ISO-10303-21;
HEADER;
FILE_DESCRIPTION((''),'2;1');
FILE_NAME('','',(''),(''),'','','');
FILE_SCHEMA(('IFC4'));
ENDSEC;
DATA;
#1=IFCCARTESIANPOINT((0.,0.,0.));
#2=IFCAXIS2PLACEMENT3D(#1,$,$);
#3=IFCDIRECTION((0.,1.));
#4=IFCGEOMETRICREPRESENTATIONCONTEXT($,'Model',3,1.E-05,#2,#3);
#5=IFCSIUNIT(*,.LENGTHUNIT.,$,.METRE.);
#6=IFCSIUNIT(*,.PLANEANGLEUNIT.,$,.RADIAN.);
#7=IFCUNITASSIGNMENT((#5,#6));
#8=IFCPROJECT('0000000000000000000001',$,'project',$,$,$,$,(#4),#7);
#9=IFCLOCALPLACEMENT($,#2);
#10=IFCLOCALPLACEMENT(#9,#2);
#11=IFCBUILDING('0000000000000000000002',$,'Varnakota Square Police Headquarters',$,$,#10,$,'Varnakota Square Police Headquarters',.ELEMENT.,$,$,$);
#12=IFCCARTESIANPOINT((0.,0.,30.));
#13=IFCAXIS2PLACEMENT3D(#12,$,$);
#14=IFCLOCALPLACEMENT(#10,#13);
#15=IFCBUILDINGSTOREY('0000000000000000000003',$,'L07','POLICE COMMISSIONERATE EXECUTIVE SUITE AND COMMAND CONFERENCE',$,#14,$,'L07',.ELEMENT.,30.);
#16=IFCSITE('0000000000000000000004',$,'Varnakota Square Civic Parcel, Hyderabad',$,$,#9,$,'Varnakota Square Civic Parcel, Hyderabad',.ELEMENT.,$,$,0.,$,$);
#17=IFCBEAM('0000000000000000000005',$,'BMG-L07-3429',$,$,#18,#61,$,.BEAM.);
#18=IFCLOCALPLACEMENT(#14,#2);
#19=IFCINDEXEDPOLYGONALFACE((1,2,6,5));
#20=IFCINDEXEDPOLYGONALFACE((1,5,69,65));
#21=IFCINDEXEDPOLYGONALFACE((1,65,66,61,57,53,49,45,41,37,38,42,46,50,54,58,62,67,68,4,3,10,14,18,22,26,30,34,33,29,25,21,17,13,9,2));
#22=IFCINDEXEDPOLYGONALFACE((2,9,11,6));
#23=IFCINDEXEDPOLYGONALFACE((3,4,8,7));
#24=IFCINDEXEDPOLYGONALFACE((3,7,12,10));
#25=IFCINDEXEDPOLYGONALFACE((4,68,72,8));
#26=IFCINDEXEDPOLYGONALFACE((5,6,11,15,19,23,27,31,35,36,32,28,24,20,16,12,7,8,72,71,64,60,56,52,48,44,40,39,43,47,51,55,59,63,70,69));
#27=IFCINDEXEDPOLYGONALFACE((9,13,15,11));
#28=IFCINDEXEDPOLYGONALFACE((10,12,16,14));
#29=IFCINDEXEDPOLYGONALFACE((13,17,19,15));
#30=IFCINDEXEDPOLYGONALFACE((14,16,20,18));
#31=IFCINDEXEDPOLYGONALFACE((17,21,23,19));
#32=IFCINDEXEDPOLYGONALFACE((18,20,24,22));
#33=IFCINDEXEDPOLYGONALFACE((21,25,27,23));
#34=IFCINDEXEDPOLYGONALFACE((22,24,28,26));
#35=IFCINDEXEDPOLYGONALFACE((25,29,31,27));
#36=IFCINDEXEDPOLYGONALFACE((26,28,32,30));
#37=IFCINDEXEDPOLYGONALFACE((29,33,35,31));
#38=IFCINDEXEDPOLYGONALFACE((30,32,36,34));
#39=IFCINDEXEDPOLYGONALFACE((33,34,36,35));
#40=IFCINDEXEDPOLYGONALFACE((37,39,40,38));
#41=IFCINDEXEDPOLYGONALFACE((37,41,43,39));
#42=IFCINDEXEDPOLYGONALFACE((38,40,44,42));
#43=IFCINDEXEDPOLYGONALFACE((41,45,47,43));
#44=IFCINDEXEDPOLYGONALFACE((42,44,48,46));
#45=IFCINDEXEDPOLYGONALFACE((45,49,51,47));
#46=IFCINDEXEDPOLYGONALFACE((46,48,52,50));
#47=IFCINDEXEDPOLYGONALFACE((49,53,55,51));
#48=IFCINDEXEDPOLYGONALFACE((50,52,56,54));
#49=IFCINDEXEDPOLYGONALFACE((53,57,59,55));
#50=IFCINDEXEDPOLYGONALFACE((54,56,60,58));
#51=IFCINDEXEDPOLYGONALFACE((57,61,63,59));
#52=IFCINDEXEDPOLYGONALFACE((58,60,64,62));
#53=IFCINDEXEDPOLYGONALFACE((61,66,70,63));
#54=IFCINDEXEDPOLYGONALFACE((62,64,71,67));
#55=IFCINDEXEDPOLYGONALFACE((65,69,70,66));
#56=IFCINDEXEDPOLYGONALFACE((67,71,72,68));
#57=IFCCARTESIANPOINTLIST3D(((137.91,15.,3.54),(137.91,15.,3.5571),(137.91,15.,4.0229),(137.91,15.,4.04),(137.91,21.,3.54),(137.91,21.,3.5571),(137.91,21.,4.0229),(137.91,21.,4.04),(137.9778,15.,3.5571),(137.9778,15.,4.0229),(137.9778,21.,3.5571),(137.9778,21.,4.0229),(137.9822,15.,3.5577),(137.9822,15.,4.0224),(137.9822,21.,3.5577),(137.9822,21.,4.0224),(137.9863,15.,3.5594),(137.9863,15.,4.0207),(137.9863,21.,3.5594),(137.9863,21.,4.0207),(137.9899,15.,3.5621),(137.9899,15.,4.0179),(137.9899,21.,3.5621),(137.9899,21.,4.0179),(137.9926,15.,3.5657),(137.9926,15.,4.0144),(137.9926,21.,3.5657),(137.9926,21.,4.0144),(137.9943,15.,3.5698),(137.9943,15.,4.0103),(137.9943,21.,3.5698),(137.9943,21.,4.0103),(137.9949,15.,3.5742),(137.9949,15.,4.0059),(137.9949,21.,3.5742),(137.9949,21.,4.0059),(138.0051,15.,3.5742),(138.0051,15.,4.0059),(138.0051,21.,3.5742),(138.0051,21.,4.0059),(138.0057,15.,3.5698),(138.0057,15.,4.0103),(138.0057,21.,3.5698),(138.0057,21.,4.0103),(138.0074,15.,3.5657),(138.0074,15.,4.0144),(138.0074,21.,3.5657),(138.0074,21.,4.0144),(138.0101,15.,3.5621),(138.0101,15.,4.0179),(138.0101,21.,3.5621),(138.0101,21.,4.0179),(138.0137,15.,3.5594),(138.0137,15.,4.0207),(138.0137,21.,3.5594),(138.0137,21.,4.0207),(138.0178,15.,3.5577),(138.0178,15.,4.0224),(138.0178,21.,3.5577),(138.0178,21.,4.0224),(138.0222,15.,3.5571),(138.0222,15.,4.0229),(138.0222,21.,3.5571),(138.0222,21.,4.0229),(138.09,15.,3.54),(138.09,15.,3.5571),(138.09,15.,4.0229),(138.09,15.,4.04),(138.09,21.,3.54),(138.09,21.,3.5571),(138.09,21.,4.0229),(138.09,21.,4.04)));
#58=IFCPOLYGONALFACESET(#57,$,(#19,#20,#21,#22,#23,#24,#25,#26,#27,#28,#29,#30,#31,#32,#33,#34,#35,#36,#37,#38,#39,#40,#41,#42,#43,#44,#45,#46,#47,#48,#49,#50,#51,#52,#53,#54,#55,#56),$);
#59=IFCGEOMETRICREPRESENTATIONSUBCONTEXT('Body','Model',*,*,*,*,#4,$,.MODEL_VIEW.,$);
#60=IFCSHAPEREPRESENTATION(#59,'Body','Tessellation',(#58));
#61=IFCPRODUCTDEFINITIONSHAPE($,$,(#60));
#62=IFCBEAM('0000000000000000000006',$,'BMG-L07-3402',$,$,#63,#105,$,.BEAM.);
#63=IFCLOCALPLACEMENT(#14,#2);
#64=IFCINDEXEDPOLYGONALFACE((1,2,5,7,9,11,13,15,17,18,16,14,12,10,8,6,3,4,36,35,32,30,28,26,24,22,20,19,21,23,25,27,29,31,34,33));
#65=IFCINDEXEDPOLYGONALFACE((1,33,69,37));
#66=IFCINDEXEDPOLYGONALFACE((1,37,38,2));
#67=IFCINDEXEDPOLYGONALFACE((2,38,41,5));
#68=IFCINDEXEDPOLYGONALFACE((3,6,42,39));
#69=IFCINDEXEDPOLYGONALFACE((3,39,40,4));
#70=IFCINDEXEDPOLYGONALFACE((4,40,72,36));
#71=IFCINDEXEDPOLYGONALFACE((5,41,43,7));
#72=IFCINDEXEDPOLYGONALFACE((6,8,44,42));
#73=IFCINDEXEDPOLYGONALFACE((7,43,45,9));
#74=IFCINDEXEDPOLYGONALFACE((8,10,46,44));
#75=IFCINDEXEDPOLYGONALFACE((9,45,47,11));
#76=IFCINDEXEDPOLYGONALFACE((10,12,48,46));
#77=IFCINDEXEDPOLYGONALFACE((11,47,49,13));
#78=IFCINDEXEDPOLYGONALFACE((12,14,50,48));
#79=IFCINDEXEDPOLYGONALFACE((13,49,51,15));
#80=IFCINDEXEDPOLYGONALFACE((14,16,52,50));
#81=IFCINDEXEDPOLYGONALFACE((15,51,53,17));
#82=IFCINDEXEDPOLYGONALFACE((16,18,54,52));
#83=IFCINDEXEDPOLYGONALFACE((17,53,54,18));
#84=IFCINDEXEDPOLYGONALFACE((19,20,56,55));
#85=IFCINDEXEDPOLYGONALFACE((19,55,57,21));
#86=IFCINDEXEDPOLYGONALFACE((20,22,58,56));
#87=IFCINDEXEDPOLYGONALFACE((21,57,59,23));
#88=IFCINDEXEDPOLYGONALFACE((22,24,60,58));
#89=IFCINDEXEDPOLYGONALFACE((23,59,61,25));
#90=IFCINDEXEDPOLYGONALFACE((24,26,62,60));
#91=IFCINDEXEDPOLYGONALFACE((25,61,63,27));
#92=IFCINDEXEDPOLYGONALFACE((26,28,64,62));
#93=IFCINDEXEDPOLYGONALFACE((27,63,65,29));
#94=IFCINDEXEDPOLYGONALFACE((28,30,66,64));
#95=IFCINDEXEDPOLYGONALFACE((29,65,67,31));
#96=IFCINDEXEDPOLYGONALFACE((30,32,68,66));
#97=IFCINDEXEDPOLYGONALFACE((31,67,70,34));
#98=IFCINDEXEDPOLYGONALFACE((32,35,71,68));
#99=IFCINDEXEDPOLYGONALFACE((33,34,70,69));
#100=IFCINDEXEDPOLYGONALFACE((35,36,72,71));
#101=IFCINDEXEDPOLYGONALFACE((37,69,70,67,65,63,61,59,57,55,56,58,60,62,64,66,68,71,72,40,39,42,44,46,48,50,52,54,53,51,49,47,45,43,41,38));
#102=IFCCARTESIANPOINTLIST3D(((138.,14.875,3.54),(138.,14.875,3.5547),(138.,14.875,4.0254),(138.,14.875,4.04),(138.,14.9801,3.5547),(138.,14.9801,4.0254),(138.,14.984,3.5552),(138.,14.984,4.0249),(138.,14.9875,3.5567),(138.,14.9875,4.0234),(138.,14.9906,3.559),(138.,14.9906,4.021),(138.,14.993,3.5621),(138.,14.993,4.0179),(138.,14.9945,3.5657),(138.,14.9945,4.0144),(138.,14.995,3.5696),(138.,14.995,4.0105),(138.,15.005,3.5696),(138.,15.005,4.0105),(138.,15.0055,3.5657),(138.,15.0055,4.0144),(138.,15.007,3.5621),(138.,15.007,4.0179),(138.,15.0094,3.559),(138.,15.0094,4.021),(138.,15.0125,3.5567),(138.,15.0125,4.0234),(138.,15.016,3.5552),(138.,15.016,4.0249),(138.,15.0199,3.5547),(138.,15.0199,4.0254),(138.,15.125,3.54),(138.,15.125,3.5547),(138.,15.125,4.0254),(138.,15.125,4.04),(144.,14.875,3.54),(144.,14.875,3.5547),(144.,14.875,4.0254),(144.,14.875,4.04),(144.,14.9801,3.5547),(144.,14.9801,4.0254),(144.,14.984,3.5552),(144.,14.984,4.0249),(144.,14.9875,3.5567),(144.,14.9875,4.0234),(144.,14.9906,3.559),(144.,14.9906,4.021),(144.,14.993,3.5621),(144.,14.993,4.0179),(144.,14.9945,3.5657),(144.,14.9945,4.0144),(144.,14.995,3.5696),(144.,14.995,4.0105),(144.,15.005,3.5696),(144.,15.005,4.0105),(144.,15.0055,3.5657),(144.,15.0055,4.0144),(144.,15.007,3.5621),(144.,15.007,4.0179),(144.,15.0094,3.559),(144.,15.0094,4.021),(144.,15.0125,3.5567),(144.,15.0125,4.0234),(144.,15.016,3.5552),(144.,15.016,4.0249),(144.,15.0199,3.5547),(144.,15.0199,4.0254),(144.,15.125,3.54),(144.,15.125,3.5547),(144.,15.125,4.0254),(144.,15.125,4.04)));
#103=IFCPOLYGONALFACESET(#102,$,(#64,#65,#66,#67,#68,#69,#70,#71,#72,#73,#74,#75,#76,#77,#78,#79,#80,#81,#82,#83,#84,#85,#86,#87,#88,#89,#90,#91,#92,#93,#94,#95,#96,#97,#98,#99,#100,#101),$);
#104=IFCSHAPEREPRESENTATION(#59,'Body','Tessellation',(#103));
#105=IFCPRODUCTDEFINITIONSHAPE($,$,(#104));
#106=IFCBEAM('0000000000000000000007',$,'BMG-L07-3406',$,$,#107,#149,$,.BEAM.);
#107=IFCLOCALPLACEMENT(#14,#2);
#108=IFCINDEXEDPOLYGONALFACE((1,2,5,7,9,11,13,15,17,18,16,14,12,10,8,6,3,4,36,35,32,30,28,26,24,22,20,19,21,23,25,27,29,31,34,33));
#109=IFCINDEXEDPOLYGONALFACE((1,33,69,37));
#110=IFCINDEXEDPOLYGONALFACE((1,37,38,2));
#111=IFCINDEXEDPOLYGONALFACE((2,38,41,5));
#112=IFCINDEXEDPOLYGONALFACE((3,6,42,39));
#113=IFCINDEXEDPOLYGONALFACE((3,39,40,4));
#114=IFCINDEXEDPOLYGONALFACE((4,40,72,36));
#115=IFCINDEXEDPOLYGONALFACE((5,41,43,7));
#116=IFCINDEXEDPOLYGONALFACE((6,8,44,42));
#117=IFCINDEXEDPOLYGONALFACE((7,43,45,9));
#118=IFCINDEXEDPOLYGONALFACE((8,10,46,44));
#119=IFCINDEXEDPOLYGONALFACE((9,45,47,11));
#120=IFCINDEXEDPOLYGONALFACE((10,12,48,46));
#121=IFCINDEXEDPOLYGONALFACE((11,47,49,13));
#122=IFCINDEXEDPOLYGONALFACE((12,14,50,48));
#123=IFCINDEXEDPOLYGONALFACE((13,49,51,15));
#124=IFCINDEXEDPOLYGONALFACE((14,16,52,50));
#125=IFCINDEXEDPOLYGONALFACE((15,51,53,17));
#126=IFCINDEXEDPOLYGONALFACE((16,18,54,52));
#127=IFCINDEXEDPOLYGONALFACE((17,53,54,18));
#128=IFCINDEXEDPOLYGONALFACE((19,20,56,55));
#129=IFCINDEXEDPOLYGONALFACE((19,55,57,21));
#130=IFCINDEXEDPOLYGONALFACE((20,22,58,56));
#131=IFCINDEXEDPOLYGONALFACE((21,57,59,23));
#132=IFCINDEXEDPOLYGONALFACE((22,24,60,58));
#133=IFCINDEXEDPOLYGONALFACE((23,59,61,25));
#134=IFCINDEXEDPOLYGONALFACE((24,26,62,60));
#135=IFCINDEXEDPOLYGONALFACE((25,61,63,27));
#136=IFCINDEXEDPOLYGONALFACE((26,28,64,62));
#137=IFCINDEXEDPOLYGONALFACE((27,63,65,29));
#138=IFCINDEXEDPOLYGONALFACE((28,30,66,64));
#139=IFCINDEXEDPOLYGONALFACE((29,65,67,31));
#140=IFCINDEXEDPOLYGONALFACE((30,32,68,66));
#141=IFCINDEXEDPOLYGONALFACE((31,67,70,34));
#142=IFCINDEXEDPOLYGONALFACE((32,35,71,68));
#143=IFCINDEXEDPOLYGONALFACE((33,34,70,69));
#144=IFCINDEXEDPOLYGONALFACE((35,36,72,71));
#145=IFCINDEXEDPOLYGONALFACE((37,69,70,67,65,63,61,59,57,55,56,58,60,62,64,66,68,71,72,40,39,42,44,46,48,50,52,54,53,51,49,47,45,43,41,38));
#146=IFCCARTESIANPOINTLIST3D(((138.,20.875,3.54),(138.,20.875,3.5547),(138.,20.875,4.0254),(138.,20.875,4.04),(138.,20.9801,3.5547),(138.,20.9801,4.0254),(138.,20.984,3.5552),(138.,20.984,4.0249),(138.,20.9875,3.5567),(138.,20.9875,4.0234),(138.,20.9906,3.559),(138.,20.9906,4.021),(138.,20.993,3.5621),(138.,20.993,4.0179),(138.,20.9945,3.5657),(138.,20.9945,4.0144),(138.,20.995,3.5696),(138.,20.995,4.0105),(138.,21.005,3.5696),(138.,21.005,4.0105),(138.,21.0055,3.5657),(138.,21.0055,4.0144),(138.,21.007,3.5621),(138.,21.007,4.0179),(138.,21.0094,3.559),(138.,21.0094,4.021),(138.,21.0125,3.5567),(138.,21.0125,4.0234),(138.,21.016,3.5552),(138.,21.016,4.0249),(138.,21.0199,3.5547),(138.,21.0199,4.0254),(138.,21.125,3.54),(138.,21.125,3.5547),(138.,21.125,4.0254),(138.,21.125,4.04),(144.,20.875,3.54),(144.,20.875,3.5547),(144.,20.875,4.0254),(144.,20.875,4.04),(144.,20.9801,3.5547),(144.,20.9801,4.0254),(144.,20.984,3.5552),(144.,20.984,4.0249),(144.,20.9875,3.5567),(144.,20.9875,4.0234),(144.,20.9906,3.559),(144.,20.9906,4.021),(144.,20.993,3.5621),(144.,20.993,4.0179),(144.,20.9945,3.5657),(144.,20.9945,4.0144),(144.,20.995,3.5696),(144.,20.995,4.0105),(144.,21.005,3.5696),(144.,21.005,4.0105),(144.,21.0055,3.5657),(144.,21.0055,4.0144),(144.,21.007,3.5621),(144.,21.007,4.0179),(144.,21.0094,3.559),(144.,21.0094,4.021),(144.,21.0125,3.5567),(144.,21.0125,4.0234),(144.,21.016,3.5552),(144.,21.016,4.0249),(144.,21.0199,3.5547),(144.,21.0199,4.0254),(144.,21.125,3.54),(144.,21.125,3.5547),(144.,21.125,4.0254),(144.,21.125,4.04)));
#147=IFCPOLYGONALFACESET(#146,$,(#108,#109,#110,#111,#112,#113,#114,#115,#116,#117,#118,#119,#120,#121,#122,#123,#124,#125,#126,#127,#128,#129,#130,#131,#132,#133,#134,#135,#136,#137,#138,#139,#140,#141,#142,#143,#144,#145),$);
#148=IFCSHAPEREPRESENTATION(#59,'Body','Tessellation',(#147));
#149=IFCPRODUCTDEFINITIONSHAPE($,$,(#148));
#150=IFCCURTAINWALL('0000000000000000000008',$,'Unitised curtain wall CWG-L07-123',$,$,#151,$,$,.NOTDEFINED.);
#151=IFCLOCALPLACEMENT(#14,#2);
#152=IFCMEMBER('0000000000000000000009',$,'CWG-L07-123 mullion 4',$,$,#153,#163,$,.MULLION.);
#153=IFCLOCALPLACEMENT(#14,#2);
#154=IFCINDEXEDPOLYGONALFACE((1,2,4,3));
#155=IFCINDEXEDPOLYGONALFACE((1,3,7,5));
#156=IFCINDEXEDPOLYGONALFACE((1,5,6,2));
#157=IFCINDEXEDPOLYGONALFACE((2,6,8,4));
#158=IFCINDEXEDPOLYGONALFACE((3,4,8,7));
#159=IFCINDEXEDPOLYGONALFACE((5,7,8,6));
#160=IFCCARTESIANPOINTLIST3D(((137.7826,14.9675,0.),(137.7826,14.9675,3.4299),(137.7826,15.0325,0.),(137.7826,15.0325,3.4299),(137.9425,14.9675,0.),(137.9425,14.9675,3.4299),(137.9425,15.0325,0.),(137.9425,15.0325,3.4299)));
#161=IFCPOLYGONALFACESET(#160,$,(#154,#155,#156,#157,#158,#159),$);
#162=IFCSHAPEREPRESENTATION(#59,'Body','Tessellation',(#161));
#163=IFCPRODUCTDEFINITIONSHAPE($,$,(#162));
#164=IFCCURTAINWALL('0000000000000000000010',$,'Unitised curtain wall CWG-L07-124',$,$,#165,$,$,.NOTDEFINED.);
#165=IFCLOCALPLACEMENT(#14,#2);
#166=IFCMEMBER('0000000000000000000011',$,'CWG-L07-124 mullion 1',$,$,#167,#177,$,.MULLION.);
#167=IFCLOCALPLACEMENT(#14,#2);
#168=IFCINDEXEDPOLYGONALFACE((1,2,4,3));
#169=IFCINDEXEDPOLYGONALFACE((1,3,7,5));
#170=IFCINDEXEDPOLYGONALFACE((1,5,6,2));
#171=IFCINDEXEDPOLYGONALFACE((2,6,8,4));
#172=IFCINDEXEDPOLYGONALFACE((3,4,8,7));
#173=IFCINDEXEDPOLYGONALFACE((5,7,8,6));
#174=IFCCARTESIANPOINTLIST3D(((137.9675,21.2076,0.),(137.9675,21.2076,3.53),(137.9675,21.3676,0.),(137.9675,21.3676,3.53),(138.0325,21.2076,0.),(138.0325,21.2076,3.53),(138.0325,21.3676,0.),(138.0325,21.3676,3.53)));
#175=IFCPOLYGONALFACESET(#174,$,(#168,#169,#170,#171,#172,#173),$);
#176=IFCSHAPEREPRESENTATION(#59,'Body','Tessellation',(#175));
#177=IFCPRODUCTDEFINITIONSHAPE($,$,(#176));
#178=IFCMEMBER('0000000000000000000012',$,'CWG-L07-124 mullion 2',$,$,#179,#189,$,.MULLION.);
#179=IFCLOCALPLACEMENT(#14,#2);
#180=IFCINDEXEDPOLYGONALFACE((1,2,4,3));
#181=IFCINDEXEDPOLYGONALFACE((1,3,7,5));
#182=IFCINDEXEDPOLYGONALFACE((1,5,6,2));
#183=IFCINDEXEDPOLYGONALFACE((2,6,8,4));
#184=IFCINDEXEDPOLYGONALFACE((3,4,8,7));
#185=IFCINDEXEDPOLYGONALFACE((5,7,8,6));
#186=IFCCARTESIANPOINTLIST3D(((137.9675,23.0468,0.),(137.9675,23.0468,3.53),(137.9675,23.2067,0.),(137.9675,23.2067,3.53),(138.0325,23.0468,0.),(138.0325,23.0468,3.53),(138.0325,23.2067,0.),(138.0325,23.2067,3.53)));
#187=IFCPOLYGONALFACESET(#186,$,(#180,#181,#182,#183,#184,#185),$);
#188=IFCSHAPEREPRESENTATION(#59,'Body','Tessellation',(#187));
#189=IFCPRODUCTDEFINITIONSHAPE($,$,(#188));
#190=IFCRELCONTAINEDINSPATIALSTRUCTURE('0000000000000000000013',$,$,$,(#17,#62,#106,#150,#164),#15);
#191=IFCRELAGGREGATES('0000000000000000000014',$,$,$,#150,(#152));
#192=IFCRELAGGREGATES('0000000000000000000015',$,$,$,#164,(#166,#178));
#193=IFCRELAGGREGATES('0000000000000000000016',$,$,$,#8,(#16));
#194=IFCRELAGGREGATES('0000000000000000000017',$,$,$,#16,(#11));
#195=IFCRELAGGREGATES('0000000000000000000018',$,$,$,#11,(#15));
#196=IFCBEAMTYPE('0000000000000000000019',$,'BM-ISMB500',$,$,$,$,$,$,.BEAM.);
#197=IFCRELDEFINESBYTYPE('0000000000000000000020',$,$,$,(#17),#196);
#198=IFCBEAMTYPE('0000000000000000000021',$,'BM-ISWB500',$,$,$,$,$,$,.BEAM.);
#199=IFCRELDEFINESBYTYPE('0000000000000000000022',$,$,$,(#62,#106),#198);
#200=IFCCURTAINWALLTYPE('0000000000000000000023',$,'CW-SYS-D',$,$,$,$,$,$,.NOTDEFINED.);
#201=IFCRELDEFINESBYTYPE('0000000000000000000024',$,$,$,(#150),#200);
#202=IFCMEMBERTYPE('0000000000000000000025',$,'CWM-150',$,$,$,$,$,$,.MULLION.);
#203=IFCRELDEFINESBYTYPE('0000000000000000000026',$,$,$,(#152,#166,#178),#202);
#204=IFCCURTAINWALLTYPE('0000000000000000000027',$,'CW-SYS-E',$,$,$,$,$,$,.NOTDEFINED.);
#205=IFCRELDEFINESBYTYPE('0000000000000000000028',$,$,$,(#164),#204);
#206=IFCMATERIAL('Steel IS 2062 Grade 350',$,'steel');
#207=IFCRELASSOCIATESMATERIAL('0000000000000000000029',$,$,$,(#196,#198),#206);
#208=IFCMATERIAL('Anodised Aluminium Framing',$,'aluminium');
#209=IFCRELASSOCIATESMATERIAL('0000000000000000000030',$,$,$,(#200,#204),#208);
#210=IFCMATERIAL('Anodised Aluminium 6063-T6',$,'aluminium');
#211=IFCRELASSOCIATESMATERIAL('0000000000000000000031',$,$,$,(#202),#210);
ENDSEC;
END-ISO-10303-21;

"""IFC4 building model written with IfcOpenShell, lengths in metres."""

from ifc_helpers import new_model, si_unit, direction, frame, origin, origin_2d, place, context, subcontext, project, spatial, rectangle, i_section, extrude, material, material_profile, profile_set, type_object, element, aggregate, save


model = new_model("IFC4")

# Units and contexts
model_context = context("Model", 3, precision=1e-05, world=origin(), true_north=direction((0.0, 1.0)))
body_context = subcontext(model_context, "Body", "Model", "MODEL_VIEW")
ifc_project = project(units=[si_unit("LENGTHUNIT", "METRE"), si_unit("PLANEANGLEUNIT", "RADIAN")], contexts=[model_context])

# Site, building, storey
site_placement = place(None, origin())
site = spatial("IfcSite", under=ifc_project, at=site_placement, Name="Varnakota Square Civic Parcel, Hyderabad", LongName="Varnakota Square Civic Parcel, Hyderabad", CompositionType="ELEMENT", RefElevation=0.0)
building_placement = place(site_placement, origin())
building = spatial("IfcBuilding", under=site, at=building_placement, Name="Varnakota Square Police Headquarters", LongName="Varnakota Square Police Headquarters", CompositionType="ELEMENT")
storey_placement = place(building_placement, frame((0.0, 0.0, 30.0)))
storey = spatial("IfcBuildingStorey", under=building, at=storey_placement, Name="L07", Description="POLICE COMMISSIONERATE EXECUTIVE SUITE AND COMMAND CONFERENCE", LongName="L07", CompositionType="ELEMENT", Elevation=30.0)

# Shared definitions
ifc_material_1 = material(Name="Steel IS 2062 Grade 350", Category="steel")

# Beams
ifc_material_profile_1 = material_profile(ifc_material_1, i_section(OverallWidth=0.1799, OverallDepth=0.5, WebThickness=0.0103, FlangeThickness=0.0171, FilletRadius=0.0171, at=origin_2d()), Name="ISMB 500")
ifc_profile_set_1 = profile_set([ifc_material_profile_1], Name="Steel IS 2062 Grade 350")
beam_type_1 = type_object("IfcBeamType", Name="BM-ISMB500", PredefinedType="BEAM", material=ifc_profile_set_1)
beam_1_placement = place(storey_placement, frame((138.0, 15.0, 3.79), z_axis=(0.0, 1.0, 0.0), x_axis=(-1.0, 0.0, 0.0)))
element("IfcBeam", 1, at=beam_1_placement, inside=storey, type_object=beam_type_1, Name="BMG-L07-3429", PredefinedType="BEAM", context=body_context, shape_type="SweptSolid", body=[
    extrude(i_section(OverallWidth=0.1799, OverallDepth=0.5, WebThickness=0.0103, FlangeThickness=0.0171, FilletRadius=0.0171, at=origin_2d()), origin(), (0.0, 0.0, 1.0), 6.0),
])
ifc_material_profile_2 = material_profile(ifc_material_1, i_section(OverallWidth=0.25, OverallDepth=0.5, WebThickness=0.01, FlangeThickness=0.0146, FilletRadius=0.0149, at=origin_2d()), Name="ISWB 500")
ifc_profile_set_2 = profile_set([ifc_material_profile_2], Name="Steel IS 2062 Grade 350")
beam_type_2 = type_object("IfcBeamType", Name="BM-ISWB500", PredefinedType="BEAM", material=ifc_profile_set_2)
for number, where, z_axis, x_axis, name in (
    (2, (138.0, 15.0, 3.79), (1.0, 0.0, 0.0), (0.0, 1.0, 0.0), "BMG-L07-3402"),
    (3, (138.0, 21.0, 3.79), (1.0, 0.0, 0.0), (0.0, 1.0, 0.0), "BMG-L07-3406"),
):
    element("IfcBeam", number, at=place(storey_placement, frame(where, z_axis=z_axis, x_axis=x_axis)), inside=storey, type_object=beam_type_2, Name=name, PredefinedType="BEAM", context=body_context, shape_type="SweptSolid", body=[
        extrude(i_section(OverallWidth=0.25, OverallDepth=0.5, WebThickness=0.01, FlangeThickness=0.0146, FilletRadius=0.0149, at=origin_2d()), origin(), (0.0, 0.0, 1.0), 6.0),
    ])

# Curtain wall, member
ifc_material_2 = material(Name="Anodised Aluminium Framing", Category="aluminium")
curtain_wall_type_1 = type_object("IfcCurtainWallType", Name="CW-SYS-D", PredefinedType="NOTDEFINED", material=ifc_material_2)
curtain_wall_1_placement = place(storey_placement, origin())
curtain_wall_1 = element("IfcCurtainWall", 4, at=curtain_wall_1_placement, inside=storey, type_object=curtain_wall_type_1, Name="Unitised curtain wall CWG-L07-123", PredefinedType="NOTDEFINED")
ifc_material_3 = material(Name="Anodised Aluminium 6063-T6", Category="aluminium")
ifc_material_profile_3 = material_profile(ifc_material_3, rectangle(XDim=0.0649, YDim=0.1599, at=origin_2d()), Name="ALU MULLION 65x160")
ifc_profile_set_3 = profile_set([ifc_material_profile_3], Name="Anodised Aluminium 6063-T6")
member_type_1 = type_object("IfcMemberType", Name="CWM-150", PredefinedType="MULLION", material=ifc_profile_set_3)
member_1_placement = place(storey_placement, frame((137.8625, 15.0, 0.0), z_axis=(0.0, 0.0, 1.0), x_axis=(0.0, 1.0, 0.0)))
member_1 = element("IfcMember", 5, at=member_1_placement, type_object=member_type_1, Name="CWG-L07-123 mullion 4", PredefinedType="MULLION", context=body_context, shape_type="SweptSolid", body=[
    extrude(rectangle(XDim=0.0649, YDim=0.1599, at=origin_2d()), origin(), (0.0, 0.0, 1.0), 3.4299),
])

# Curtain wall, members
curtain_wall_type_2 = type_object("IfcCurtainWallType", Name="CW-SYS-E", PredefinedType="NOTDEFINED", material=ifc_material_2)
curtain_wall_2_placement = place(storey_placement, origin())
curtain_wall_2 = element("IfcCurtainWall", 6, at=curtain_wall_2_placement, inside=storey, type_object=curtain_wall_type_2, Name="Unitised curtain wall CWG-L07-124", PredefinedType="NOTDEFINED")
member_2_placement = place(storey_placement, frame((138.0, 21.2876, 0.0), z_axis=(0.0, 0.0, 1.0), x_axis=(-1.0, 0.0, 0.0)))
member_2 = element("IfcMember", 7, at=member_2_placement, type_object=member_type_1, Name="CWG-L07-124 mullion 1", PredefinedType="MULLION", context=body_context, shape_type="SweptSolid", body=[
    extrude(rectangle(XDim=0.0649, YDim=0.1599, at=origin_2d()), origin(), (0.0, 0.0, 1.0), 3.53),
])
member_3_placement = place(storey_placement, frame((138.0, 23.1267, 0.0), z_axis=(0.0, 0.0, 1.0), x_axis=(-1.0, 0.0, 0.0)))
member_3 = element("IfcMember", 8, at=member_3_placement, type_object=member_type_1, Name="CWG-L07-124 mullion 2", PredefinedType="MULLION", context=body_context, shape_type="SweptSolid", body=[
    extrude(rectangle(XDim=0.0649, YDim=0.1599, at=origin_2d()), origin(), (0.0, 0.0, 1.0), 3.53),
])

aggregate(curtain_wall_1, [member_1])
aggregate(curtain_wall_2, [member_2, member_3])

save(model, "model.ifc")
